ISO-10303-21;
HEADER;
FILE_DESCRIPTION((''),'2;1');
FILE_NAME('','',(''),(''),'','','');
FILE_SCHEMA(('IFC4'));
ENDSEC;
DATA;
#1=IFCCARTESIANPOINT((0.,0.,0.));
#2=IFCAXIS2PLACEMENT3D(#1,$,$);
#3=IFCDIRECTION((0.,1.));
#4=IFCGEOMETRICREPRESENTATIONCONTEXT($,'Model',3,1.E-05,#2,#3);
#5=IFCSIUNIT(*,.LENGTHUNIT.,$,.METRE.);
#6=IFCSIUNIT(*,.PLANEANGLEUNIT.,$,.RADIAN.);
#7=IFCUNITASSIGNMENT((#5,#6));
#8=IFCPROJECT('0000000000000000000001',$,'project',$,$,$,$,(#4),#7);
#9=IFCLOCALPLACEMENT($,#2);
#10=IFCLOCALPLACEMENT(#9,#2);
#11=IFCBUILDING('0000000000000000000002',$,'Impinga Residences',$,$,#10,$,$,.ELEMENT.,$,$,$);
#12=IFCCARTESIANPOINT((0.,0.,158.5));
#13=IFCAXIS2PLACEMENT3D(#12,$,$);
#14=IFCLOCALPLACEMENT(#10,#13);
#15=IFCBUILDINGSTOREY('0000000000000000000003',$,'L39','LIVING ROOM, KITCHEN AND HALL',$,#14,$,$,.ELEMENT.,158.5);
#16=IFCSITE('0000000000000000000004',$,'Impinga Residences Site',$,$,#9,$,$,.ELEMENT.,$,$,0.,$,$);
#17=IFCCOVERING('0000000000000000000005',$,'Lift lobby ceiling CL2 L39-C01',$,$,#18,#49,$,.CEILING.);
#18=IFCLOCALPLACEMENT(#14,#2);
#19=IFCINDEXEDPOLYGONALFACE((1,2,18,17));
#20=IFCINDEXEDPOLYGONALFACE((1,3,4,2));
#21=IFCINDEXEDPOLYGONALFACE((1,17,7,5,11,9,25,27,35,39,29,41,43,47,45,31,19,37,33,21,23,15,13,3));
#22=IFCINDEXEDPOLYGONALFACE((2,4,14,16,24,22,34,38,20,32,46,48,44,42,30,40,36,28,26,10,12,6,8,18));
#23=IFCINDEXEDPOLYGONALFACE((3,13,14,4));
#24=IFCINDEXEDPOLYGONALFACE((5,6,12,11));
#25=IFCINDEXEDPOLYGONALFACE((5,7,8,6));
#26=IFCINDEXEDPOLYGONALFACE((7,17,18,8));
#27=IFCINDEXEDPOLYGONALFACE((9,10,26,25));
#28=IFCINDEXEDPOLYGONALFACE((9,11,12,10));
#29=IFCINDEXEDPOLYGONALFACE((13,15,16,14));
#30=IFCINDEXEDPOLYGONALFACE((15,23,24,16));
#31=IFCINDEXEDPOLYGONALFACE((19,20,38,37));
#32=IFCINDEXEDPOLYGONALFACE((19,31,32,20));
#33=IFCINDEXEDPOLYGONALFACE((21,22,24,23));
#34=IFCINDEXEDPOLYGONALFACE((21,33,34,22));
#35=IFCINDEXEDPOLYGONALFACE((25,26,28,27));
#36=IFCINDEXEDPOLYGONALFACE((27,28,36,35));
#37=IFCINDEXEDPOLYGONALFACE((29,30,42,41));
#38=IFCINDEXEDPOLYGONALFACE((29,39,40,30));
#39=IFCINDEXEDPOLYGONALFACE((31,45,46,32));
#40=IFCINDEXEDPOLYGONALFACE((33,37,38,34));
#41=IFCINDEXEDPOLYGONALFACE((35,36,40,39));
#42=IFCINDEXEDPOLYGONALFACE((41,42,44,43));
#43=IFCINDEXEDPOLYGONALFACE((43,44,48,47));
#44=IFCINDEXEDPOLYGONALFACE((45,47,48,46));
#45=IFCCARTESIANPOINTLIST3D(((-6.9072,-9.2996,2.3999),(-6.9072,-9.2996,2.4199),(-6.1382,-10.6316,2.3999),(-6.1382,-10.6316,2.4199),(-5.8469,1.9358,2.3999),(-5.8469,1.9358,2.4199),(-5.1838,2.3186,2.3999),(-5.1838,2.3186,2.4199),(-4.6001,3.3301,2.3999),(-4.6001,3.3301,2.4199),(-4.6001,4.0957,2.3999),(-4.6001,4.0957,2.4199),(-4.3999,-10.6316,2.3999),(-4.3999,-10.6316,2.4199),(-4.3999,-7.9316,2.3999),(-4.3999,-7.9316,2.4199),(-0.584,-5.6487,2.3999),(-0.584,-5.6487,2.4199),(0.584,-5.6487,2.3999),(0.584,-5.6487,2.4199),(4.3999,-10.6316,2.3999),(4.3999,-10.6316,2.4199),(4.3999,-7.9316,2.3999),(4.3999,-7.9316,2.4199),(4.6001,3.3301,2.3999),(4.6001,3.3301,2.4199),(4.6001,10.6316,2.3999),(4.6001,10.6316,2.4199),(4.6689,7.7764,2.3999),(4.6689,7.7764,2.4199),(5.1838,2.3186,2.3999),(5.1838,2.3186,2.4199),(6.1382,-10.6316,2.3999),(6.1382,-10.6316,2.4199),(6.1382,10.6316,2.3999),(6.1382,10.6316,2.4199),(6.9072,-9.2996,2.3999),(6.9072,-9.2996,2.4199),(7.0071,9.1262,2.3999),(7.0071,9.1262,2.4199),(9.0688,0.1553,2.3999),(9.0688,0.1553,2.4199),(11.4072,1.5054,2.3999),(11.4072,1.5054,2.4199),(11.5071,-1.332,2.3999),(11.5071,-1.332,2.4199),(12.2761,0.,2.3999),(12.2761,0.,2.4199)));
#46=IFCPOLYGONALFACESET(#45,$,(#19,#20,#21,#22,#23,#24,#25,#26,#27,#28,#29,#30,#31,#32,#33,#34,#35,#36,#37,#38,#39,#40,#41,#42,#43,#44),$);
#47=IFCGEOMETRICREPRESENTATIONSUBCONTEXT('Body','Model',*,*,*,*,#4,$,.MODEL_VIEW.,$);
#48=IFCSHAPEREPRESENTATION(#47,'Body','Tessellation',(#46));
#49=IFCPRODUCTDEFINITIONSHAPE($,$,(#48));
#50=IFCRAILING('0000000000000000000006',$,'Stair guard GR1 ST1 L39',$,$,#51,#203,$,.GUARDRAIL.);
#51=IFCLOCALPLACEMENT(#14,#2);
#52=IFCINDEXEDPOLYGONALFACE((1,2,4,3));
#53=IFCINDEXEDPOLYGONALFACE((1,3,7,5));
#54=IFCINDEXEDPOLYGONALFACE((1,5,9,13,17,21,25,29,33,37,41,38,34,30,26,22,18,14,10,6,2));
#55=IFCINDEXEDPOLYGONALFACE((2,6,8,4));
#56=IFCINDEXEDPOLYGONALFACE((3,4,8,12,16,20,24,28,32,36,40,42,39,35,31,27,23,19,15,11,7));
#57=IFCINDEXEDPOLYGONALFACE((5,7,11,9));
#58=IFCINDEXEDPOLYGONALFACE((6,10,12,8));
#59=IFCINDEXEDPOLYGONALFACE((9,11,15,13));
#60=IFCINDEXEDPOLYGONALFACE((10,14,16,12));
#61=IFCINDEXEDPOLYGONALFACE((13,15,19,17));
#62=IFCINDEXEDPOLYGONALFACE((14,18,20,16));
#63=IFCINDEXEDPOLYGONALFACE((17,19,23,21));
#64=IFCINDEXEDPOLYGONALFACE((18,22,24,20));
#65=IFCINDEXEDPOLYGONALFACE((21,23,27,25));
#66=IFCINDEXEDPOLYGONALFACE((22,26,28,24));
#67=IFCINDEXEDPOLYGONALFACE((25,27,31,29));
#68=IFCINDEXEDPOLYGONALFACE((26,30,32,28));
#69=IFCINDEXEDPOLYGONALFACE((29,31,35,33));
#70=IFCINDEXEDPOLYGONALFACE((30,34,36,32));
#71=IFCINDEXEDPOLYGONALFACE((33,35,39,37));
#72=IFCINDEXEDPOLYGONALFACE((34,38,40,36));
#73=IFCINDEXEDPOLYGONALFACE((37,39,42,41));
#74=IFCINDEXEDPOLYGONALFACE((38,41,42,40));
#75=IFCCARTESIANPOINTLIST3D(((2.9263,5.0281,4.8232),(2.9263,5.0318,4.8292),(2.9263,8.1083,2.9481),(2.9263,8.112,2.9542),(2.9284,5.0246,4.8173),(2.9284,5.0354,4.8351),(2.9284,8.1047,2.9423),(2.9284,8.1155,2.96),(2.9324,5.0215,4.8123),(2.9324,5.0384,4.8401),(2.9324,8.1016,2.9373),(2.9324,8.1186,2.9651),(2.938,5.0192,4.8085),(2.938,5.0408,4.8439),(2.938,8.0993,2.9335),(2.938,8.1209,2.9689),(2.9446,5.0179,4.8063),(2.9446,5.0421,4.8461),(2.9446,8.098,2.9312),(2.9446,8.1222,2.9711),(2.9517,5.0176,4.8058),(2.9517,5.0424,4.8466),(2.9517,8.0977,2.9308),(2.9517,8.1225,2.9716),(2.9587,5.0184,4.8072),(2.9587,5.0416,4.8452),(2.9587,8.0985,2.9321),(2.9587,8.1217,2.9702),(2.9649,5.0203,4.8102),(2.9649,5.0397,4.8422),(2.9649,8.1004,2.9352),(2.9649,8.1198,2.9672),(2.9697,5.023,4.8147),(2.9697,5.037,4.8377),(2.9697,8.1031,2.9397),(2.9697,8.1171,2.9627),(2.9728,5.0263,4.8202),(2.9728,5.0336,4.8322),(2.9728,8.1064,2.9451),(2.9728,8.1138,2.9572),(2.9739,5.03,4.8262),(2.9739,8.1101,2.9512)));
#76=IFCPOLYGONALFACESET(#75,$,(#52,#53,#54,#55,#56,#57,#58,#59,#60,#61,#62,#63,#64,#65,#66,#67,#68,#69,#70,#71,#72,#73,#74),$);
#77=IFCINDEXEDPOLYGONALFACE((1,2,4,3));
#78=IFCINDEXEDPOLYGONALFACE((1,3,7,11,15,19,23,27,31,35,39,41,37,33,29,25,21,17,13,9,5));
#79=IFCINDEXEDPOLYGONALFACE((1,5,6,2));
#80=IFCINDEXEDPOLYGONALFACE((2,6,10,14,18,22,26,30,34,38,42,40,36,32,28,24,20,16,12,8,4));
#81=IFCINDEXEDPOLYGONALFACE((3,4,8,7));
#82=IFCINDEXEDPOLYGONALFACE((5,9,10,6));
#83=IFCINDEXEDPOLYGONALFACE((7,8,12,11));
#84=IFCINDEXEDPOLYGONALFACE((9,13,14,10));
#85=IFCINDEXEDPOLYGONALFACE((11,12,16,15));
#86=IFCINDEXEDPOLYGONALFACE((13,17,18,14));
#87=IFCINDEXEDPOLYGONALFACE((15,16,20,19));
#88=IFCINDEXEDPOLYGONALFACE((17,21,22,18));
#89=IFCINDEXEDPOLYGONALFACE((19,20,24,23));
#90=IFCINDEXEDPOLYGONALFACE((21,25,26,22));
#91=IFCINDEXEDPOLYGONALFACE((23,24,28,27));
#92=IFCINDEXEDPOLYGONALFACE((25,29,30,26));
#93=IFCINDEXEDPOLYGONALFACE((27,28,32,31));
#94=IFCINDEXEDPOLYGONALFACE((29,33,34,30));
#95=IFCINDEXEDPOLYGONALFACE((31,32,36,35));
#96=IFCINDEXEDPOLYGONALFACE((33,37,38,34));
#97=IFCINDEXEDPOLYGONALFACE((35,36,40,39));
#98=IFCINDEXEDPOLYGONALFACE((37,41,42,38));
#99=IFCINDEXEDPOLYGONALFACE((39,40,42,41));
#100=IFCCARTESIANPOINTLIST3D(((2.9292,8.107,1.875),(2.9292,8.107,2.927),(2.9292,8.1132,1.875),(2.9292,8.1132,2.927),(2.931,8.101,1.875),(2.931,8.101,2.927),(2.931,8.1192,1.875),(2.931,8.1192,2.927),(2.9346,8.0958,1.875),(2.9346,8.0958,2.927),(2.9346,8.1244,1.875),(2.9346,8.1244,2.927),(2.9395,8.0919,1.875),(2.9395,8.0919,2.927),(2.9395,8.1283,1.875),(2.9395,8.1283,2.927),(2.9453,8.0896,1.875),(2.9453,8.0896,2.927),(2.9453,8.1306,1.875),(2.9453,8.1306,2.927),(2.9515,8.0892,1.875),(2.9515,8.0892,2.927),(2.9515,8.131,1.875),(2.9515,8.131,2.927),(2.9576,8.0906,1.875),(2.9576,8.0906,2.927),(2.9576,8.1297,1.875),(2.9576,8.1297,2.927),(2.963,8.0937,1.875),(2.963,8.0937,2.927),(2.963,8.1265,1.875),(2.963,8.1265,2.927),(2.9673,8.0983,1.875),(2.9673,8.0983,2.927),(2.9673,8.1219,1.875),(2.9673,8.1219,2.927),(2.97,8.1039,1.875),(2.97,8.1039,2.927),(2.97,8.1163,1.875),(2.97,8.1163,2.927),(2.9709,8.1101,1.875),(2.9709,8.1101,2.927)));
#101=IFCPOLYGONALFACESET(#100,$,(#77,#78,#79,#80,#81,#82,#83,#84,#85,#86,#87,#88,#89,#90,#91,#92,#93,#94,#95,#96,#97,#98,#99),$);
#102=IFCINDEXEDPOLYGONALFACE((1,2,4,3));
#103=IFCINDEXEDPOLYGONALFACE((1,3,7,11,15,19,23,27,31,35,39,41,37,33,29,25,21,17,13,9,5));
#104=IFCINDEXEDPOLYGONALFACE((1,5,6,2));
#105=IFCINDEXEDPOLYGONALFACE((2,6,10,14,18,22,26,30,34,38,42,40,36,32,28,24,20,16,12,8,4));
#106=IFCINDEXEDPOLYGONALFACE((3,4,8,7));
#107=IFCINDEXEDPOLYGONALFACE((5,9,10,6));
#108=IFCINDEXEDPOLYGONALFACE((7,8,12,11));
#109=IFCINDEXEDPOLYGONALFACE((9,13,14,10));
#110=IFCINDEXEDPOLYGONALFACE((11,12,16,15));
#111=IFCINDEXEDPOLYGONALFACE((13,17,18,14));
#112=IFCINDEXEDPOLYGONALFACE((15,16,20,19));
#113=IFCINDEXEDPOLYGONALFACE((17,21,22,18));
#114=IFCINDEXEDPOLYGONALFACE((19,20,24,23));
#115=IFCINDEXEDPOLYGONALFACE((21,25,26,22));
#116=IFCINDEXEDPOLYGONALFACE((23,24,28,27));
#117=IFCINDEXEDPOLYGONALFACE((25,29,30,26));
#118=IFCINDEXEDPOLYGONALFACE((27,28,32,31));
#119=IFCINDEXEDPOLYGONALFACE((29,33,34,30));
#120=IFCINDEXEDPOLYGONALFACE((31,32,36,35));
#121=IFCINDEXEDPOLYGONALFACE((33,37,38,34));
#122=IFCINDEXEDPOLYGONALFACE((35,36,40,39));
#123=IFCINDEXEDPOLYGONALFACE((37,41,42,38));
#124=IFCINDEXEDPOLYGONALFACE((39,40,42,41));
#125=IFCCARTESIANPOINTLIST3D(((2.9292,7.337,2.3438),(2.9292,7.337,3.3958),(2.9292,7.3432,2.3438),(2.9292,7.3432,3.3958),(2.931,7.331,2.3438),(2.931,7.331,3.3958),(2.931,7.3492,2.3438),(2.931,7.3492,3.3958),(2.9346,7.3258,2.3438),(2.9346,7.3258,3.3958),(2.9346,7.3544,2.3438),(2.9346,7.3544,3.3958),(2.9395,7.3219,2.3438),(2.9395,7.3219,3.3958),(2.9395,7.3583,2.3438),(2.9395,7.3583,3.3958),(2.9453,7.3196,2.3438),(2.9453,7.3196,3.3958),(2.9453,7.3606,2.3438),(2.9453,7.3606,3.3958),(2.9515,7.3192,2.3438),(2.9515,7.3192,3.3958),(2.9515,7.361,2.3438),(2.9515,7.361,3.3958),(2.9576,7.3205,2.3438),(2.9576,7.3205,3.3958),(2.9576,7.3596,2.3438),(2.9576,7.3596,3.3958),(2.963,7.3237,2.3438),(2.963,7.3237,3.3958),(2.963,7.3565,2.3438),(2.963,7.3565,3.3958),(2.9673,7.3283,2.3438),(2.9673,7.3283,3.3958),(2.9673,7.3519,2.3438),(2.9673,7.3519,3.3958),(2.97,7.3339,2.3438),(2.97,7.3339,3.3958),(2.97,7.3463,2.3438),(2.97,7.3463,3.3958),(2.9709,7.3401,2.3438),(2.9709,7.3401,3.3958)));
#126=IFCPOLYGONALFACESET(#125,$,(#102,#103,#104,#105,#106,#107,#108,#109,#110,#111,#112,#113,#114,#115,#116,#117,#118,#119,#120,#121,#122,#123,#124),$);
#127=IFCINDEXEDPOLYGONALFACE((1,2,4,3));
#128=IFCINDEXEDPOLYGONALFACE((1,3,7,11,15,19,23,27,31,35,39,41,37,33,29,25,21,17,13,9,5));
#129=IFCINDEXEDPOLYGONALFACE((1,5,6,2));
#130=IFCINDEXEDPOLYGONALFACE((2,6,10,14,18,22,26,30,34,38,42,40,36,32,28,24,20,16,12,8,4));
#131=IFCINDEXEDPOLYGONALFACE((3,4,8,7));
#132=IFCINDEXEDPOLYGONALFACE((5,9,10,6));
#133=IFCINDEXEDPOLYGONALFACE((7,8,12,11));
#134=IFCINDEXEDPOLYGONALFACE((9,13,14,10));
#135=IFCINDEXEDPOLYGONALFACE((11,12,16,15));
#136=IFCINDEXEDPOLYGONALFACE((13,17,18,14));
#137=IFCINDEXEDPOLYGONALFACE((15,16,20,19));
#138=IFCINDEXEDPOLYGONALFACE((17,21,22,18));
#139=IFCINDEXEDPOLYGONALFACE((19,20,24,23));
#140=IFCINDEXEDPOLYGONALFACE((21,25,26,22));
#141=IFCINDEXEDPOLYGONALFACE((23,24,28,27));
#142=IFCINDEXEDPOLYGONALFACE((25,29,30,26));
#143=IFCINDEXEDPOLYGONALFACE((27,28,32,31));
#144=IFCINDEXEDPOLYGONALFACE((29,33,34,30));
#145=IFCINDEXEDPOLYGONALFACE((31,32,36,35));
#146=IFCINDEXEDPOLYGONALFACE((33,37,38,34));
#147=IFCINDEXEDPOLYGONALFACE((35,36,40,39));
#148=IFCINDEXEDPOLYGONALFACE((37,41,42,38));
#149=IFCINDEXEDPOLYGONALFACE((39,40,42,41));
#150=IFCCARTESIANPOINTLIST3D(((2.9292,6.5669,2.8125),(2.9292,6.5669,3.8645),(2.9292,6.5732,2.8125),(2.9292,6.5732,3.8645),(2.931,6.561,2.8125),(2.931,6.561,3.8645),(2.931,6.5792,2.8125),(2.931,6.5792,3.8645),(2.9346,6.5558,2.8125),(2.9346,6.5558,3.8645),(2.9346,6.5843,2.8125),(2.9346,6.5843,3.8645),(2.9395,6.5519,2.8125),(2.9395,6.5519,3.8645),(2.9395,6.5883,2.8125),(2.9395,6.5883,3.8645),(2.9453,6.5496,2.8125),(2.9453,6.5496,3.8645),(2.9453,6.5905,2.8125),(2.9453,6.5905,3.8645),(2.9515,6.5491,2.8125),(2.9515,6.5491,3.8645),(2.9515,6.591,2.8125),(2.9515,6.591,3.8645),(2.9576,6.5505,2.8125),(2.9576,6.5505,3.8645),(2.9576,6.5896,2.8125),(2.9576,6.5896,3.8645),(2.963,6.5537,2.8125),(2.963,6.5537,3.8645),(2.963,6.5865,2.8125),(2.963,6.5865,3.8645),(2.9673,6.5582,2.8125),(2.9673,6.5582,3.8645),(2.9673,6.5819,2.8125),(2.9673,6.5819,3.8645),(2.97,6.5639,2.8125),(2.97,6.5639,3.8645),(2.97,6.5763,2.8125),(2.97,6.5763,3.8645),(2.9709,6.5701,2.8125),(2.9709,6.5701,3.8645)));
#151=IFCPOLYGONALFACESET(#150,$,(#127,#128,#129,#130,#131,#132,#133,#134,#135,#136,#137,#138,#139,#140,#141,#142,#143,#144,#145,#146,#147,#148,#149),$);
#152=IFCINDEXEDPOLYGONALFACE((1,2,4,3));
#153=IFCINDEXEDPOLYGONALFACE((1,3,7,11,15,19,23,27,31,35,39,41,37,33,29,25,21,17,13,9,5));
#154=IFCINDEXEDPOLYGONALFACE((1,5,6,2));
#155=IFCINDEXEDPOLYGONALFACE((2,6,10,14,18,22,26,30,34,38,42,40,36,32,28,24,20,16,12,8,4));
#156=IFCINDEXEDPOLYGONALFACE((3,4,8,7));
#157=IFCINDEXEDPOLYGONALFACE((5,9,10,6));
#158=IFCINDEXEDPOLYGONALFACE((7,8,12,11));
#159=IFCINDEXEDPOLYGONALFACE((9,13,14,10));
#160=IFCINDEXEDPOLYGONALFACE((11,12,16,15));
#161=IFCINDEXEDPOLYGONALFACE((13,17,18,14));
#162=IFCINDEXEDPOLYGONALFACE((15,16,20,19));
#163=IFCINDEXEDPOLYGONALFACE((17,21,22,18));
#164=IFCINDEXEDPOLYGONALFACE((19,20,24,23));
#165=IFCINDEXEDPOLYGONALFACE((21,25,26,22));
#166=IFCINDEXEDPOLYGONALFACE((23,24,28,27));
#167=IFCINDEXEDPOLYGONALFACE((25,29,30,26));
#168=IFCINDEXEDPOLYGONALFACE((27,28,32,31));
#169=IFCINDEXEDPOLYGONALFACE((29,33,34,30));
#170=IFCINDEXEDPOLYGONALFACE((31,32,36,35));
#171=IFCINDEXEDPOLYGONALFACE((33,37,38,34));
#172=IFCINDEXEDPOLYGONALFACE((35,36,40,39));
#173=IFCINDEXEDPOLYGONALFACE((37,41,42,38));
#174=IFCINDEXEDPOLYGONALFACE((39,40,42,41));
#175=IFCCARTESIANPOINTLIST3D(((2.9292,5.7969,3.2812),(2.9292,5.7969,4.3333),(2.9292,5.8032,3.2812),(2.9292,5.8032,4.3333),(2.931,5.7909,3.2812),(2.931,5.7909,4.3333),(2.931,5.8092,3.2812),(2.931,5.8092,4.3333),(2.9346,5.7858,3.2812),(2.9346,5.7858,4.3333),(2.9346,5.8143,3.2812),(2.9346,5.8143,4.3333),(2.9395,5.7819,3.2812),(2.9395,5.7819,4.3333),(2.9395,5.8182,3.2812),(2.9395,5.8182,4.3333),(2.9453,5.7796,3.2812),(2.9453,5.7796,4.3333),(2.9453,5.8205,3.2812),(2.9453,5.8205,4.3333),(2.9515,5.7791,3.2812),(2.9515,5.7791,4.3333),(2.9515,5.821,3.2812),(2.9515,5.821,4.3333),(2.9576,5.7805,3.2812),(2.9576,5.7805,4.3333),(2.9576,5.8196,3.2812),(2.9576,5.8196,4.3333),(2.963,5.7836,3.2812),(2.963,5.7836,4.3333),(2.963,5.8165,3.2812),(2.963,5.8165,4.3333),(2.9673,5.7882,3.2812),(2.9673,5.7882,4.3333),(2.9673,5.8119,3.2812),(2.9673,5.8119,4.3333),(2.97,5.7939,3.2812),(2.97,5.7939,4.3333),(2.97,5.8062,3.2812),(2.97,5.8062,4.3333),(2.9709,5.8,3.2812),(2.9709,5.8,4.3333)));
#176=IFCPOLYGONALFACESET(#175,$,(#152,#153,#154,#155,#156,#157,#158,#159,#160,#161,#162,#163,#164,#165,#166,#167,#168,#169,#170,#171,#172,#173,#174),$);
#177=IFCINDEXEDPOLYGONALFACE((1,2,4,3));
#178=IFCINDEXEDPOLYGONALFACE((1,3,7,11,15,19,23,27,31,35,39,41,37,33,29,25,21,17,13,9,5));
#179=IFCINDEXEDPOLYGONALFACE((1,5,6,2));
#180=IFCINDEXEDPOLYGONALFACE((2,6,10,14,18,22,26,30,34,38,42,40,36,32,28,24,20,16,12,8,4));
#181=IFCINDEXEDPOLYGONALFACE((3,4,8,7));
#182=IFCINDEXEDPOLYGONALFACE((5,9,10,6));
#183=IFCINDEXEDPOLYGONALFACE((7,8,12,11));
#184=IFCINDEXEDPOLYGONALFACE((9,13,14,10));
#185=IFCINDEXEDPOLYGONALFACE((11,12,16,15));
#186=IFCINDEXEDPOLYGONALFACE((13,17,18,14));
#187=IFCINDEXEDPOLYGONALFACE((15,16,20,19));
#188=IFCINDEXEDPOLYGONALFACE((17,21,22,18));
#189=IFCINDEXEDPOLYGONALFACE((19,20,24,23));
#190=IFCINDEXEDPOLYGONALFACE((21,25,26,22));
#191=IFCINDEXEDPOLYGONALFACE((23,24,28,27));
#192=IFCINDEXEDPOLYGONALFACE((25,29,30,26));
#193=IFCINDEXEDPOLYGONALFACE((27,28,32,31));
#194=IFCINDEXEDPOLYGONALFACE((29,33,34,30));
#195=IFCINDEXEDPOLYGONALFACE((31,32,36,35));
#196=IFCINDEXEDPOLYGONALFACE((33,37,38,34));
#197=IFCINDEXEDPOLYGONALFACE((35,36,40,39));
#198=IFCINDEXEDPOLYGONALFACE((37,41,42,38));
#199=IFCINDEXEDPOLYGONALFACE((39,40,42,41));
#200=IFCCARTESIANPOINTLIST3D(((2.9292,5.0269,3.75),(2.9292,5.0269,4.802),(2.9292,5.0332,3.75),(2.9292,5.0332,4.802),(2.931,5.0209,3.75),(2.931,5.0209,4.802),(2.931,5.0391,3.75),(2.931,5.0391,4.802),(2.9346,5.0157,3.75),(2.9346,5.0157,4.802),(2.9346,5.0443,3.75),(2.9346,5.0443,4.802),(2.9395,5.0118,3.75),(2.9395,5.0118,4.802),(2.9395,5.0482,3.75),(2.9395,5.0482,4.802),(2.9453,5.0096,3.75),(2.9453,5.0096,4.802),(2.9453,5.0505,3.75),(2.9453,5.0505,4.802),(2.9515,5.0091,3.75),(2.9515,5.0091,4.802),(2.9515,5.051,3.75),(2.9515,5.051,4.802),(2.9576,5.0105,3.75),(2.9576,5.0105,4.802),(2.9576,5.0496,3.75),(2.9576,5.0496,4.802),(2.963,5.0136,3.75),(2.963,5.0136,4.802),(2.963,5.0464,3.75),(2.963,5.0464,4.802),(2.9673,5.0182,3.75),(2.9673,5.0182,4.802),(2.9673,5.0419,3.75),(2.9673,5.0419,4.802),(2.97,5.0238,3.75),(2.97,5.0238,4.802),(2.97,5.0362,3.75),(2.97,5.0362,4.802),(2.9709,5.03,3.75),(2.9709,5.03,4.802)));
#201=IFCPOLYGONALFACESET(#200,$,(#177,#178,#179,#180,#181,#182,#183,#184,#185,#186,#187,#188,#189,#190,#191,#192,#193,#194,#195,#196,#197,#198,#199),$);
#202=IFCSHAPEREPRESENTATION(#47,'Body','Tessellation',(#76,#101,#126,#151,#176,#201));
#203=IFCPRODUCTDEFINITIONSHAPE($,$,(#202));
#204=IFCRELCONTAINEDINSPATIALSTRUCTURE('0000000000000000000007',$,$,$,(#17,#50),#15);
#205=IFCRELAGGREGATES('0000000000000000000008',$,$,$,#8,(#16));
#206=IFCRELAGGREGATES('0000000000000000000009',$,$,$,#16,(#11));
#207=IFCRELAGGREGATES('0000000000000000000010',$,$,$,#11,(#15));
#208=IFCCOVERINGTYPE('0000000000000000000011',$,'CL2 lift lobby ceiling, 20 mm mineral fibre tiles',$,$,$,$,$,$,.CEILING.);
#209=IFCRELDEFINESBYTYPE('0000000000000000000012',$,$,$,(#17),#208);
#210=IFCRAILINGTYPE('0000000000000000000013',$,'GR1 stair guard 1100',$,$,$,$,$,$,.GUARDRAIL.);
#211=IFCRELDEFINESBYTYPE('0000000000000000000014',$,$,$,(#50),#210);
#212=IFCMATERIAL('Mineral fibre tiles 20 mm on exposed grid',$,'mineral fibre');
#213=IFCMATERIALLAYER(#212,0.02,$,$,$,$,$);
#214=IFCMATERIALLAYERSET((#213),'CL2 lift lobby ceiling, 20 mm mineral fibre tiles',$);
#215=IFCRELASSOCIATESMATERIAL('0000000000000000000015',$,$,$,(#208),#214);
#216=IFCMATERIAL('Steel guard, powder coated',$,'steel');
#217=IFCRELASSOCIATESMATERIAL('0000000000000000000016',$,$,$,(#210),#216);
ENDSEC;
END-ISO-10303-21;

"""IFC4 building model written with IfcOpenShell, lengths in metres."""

from ifc_helpers import new_model, si_unit, direction, frame, origin, origin_2d, place, context, subcontext, project, spatial, polyline, circle, outline, extrude, material, layer, layer_set, type_object, element, save


model = new_model("IFC4")

# Units and contexts
model_context = context("Model", 3, precision=1e-05, world=origin(), true_north=direction((0.0, 1.0)))
body_context = subcontext(model_context, "Body", "Model", "MODEL_VIEW")
ifc_project = project(units=[si_unit("LENGTHUNIT", "METRE"), si_unit("PLANEANGLEUNIT", "RADIAN")], contexts=[model_context])

# Site, building, storey
site_placement = place(None, origin())
site = spatial("IfcSite", under=ifc_project, at=site_placement, Name="Impinga Residences Site", CompositionType="ELEMENT", RefElevation=0.0)
building_placement = place(site_placement, origin())
building = spatial("IfcBuilding", under=site, at=building_placement, Name="Impinga Residences", CompositionType="ELEMENT")
storey_placement = place(building_placement, frame((0.0, 0.0, 158.5)))
storey = spatial("IfcBuildingStorey", under=building, at=storey_placement, Name="L39", Description="LIVING ROOM, KITCHEN AND HALL", CompositionType="ELEMENT", Elevation=158.5)

# Covering
ifc_material_1 = material(Name="Mineral fibre tiles 20 mm on exposed grid", Category="mineral fibre")
ifc_layer_1 = layer(ifc_material_1, 0.02)
ifc_layer_set_1 = layer_set([ifc_layer_1], Name="CL2 lift lobby ceiling, 20 mm mineral fibre tiles")
covering_type_1 = type_object("IfcCoveringType", Name="CL2 lift lobby ceiling, 20 mm mineral fibre tiles", PredefinedType="CEILING", material=ifc_layer_set_1)
covering_1_placement = place(storey_placement, frame((0.0, 0.0, 2.3999)))
element("IfcCovering", 1, at=covering_1_placement, inside=storey, type_object=covering_type_1, Name="Lift lobby ceiling CL2 L39-C01", PredefinedType="CEILING", context=body_context, shape_type="SweptSolid", body=[
    extrude(outline(polyline([(5.1838, 2.3186), (0.584, -5.6487), (6.9072, -9.2996), (6.1382, -10.6316), (4.3999, -10.6316), (4.3999, -7.9316), (-4.3999, -7.9316), (-4.3999, -10.6316), (-6.1382, -10.6316), (-6.9072, -9.2996), (-0.584, -5.6487), (-5.1838, 2.3186), (-5.8469, 1.9358), (-4.6001, 4.0957), (-4.6001, 3.3301), (4.6001, 3.3301), (4.6001, 10.6316), (6.1382, 10.6316), (7.0071, 9.1262), (4.6689, 7.7764), (9.0688, 0.1553), (11.4072, 1.5054), (12.2761, 0.0), (11.5071, -1.332), (5.1838, 2.3186)])), origin(), (0.0, 0.0, 1.0), 0.02),
])

# Railing
ifc_material_2 = material(Name="Steel guard, powder coated", Category="steel")
railing_type_1 = type_object("IfcRailingType", Name="GR1 stair guard 1100", PredefinedType="GUARDRAIL", material=ifc_material_2)
railing_1_placement = place(storey_placement, frame((2.95, 8.1101, 1.875)))
element("IfcRailing", 2, at=railing_1_placement, inside=storey, type_object=railing_type_1, Name="Stair guard GR1 ST1 L39", PredefinedType="GUARDRAIL", context=body_context, shape_type="SweptSolid", body=[
    extrude(circle(Radius=0.0239, at=origin_2d()), frame((0.0, 0.0, 1.0762), z_axis=(0.0, -0.854178, 0.519981), x_axis=(1.0, 0.0, 0.0)), (0.0, 0.0, 1.0), 3.606),
    extrude(circle(Radius=0.021, at=origin_2d()), origin(), (0.0, 0.0, 1.0), 1.052),
    extrude(circle(Radius=0.021, at=origin_2d()), frame((0.0, -0.77, 0.4688)), (0.0, 0.0, 1.0), 1.052),
    extrude(circle(Radius=0.021, at=origin_2d()), frame((0.0, -1.54, 0.9375)), (0.0, 0.0, 1.0), 1.052),
    extrude(circle(Radius=0.021, at=origin_2d()), frame((0.0, -2.3101, 1.4062)), (0.0, 0.0, 1.0), 1.052),
    extrude(circle(Radius=0.021, at=origin_2d()), frame((0.0, -3.0801, 1.875)), (0.0, 0.0, 1.0), 1.052),
])

save(model, "model.ifc")
